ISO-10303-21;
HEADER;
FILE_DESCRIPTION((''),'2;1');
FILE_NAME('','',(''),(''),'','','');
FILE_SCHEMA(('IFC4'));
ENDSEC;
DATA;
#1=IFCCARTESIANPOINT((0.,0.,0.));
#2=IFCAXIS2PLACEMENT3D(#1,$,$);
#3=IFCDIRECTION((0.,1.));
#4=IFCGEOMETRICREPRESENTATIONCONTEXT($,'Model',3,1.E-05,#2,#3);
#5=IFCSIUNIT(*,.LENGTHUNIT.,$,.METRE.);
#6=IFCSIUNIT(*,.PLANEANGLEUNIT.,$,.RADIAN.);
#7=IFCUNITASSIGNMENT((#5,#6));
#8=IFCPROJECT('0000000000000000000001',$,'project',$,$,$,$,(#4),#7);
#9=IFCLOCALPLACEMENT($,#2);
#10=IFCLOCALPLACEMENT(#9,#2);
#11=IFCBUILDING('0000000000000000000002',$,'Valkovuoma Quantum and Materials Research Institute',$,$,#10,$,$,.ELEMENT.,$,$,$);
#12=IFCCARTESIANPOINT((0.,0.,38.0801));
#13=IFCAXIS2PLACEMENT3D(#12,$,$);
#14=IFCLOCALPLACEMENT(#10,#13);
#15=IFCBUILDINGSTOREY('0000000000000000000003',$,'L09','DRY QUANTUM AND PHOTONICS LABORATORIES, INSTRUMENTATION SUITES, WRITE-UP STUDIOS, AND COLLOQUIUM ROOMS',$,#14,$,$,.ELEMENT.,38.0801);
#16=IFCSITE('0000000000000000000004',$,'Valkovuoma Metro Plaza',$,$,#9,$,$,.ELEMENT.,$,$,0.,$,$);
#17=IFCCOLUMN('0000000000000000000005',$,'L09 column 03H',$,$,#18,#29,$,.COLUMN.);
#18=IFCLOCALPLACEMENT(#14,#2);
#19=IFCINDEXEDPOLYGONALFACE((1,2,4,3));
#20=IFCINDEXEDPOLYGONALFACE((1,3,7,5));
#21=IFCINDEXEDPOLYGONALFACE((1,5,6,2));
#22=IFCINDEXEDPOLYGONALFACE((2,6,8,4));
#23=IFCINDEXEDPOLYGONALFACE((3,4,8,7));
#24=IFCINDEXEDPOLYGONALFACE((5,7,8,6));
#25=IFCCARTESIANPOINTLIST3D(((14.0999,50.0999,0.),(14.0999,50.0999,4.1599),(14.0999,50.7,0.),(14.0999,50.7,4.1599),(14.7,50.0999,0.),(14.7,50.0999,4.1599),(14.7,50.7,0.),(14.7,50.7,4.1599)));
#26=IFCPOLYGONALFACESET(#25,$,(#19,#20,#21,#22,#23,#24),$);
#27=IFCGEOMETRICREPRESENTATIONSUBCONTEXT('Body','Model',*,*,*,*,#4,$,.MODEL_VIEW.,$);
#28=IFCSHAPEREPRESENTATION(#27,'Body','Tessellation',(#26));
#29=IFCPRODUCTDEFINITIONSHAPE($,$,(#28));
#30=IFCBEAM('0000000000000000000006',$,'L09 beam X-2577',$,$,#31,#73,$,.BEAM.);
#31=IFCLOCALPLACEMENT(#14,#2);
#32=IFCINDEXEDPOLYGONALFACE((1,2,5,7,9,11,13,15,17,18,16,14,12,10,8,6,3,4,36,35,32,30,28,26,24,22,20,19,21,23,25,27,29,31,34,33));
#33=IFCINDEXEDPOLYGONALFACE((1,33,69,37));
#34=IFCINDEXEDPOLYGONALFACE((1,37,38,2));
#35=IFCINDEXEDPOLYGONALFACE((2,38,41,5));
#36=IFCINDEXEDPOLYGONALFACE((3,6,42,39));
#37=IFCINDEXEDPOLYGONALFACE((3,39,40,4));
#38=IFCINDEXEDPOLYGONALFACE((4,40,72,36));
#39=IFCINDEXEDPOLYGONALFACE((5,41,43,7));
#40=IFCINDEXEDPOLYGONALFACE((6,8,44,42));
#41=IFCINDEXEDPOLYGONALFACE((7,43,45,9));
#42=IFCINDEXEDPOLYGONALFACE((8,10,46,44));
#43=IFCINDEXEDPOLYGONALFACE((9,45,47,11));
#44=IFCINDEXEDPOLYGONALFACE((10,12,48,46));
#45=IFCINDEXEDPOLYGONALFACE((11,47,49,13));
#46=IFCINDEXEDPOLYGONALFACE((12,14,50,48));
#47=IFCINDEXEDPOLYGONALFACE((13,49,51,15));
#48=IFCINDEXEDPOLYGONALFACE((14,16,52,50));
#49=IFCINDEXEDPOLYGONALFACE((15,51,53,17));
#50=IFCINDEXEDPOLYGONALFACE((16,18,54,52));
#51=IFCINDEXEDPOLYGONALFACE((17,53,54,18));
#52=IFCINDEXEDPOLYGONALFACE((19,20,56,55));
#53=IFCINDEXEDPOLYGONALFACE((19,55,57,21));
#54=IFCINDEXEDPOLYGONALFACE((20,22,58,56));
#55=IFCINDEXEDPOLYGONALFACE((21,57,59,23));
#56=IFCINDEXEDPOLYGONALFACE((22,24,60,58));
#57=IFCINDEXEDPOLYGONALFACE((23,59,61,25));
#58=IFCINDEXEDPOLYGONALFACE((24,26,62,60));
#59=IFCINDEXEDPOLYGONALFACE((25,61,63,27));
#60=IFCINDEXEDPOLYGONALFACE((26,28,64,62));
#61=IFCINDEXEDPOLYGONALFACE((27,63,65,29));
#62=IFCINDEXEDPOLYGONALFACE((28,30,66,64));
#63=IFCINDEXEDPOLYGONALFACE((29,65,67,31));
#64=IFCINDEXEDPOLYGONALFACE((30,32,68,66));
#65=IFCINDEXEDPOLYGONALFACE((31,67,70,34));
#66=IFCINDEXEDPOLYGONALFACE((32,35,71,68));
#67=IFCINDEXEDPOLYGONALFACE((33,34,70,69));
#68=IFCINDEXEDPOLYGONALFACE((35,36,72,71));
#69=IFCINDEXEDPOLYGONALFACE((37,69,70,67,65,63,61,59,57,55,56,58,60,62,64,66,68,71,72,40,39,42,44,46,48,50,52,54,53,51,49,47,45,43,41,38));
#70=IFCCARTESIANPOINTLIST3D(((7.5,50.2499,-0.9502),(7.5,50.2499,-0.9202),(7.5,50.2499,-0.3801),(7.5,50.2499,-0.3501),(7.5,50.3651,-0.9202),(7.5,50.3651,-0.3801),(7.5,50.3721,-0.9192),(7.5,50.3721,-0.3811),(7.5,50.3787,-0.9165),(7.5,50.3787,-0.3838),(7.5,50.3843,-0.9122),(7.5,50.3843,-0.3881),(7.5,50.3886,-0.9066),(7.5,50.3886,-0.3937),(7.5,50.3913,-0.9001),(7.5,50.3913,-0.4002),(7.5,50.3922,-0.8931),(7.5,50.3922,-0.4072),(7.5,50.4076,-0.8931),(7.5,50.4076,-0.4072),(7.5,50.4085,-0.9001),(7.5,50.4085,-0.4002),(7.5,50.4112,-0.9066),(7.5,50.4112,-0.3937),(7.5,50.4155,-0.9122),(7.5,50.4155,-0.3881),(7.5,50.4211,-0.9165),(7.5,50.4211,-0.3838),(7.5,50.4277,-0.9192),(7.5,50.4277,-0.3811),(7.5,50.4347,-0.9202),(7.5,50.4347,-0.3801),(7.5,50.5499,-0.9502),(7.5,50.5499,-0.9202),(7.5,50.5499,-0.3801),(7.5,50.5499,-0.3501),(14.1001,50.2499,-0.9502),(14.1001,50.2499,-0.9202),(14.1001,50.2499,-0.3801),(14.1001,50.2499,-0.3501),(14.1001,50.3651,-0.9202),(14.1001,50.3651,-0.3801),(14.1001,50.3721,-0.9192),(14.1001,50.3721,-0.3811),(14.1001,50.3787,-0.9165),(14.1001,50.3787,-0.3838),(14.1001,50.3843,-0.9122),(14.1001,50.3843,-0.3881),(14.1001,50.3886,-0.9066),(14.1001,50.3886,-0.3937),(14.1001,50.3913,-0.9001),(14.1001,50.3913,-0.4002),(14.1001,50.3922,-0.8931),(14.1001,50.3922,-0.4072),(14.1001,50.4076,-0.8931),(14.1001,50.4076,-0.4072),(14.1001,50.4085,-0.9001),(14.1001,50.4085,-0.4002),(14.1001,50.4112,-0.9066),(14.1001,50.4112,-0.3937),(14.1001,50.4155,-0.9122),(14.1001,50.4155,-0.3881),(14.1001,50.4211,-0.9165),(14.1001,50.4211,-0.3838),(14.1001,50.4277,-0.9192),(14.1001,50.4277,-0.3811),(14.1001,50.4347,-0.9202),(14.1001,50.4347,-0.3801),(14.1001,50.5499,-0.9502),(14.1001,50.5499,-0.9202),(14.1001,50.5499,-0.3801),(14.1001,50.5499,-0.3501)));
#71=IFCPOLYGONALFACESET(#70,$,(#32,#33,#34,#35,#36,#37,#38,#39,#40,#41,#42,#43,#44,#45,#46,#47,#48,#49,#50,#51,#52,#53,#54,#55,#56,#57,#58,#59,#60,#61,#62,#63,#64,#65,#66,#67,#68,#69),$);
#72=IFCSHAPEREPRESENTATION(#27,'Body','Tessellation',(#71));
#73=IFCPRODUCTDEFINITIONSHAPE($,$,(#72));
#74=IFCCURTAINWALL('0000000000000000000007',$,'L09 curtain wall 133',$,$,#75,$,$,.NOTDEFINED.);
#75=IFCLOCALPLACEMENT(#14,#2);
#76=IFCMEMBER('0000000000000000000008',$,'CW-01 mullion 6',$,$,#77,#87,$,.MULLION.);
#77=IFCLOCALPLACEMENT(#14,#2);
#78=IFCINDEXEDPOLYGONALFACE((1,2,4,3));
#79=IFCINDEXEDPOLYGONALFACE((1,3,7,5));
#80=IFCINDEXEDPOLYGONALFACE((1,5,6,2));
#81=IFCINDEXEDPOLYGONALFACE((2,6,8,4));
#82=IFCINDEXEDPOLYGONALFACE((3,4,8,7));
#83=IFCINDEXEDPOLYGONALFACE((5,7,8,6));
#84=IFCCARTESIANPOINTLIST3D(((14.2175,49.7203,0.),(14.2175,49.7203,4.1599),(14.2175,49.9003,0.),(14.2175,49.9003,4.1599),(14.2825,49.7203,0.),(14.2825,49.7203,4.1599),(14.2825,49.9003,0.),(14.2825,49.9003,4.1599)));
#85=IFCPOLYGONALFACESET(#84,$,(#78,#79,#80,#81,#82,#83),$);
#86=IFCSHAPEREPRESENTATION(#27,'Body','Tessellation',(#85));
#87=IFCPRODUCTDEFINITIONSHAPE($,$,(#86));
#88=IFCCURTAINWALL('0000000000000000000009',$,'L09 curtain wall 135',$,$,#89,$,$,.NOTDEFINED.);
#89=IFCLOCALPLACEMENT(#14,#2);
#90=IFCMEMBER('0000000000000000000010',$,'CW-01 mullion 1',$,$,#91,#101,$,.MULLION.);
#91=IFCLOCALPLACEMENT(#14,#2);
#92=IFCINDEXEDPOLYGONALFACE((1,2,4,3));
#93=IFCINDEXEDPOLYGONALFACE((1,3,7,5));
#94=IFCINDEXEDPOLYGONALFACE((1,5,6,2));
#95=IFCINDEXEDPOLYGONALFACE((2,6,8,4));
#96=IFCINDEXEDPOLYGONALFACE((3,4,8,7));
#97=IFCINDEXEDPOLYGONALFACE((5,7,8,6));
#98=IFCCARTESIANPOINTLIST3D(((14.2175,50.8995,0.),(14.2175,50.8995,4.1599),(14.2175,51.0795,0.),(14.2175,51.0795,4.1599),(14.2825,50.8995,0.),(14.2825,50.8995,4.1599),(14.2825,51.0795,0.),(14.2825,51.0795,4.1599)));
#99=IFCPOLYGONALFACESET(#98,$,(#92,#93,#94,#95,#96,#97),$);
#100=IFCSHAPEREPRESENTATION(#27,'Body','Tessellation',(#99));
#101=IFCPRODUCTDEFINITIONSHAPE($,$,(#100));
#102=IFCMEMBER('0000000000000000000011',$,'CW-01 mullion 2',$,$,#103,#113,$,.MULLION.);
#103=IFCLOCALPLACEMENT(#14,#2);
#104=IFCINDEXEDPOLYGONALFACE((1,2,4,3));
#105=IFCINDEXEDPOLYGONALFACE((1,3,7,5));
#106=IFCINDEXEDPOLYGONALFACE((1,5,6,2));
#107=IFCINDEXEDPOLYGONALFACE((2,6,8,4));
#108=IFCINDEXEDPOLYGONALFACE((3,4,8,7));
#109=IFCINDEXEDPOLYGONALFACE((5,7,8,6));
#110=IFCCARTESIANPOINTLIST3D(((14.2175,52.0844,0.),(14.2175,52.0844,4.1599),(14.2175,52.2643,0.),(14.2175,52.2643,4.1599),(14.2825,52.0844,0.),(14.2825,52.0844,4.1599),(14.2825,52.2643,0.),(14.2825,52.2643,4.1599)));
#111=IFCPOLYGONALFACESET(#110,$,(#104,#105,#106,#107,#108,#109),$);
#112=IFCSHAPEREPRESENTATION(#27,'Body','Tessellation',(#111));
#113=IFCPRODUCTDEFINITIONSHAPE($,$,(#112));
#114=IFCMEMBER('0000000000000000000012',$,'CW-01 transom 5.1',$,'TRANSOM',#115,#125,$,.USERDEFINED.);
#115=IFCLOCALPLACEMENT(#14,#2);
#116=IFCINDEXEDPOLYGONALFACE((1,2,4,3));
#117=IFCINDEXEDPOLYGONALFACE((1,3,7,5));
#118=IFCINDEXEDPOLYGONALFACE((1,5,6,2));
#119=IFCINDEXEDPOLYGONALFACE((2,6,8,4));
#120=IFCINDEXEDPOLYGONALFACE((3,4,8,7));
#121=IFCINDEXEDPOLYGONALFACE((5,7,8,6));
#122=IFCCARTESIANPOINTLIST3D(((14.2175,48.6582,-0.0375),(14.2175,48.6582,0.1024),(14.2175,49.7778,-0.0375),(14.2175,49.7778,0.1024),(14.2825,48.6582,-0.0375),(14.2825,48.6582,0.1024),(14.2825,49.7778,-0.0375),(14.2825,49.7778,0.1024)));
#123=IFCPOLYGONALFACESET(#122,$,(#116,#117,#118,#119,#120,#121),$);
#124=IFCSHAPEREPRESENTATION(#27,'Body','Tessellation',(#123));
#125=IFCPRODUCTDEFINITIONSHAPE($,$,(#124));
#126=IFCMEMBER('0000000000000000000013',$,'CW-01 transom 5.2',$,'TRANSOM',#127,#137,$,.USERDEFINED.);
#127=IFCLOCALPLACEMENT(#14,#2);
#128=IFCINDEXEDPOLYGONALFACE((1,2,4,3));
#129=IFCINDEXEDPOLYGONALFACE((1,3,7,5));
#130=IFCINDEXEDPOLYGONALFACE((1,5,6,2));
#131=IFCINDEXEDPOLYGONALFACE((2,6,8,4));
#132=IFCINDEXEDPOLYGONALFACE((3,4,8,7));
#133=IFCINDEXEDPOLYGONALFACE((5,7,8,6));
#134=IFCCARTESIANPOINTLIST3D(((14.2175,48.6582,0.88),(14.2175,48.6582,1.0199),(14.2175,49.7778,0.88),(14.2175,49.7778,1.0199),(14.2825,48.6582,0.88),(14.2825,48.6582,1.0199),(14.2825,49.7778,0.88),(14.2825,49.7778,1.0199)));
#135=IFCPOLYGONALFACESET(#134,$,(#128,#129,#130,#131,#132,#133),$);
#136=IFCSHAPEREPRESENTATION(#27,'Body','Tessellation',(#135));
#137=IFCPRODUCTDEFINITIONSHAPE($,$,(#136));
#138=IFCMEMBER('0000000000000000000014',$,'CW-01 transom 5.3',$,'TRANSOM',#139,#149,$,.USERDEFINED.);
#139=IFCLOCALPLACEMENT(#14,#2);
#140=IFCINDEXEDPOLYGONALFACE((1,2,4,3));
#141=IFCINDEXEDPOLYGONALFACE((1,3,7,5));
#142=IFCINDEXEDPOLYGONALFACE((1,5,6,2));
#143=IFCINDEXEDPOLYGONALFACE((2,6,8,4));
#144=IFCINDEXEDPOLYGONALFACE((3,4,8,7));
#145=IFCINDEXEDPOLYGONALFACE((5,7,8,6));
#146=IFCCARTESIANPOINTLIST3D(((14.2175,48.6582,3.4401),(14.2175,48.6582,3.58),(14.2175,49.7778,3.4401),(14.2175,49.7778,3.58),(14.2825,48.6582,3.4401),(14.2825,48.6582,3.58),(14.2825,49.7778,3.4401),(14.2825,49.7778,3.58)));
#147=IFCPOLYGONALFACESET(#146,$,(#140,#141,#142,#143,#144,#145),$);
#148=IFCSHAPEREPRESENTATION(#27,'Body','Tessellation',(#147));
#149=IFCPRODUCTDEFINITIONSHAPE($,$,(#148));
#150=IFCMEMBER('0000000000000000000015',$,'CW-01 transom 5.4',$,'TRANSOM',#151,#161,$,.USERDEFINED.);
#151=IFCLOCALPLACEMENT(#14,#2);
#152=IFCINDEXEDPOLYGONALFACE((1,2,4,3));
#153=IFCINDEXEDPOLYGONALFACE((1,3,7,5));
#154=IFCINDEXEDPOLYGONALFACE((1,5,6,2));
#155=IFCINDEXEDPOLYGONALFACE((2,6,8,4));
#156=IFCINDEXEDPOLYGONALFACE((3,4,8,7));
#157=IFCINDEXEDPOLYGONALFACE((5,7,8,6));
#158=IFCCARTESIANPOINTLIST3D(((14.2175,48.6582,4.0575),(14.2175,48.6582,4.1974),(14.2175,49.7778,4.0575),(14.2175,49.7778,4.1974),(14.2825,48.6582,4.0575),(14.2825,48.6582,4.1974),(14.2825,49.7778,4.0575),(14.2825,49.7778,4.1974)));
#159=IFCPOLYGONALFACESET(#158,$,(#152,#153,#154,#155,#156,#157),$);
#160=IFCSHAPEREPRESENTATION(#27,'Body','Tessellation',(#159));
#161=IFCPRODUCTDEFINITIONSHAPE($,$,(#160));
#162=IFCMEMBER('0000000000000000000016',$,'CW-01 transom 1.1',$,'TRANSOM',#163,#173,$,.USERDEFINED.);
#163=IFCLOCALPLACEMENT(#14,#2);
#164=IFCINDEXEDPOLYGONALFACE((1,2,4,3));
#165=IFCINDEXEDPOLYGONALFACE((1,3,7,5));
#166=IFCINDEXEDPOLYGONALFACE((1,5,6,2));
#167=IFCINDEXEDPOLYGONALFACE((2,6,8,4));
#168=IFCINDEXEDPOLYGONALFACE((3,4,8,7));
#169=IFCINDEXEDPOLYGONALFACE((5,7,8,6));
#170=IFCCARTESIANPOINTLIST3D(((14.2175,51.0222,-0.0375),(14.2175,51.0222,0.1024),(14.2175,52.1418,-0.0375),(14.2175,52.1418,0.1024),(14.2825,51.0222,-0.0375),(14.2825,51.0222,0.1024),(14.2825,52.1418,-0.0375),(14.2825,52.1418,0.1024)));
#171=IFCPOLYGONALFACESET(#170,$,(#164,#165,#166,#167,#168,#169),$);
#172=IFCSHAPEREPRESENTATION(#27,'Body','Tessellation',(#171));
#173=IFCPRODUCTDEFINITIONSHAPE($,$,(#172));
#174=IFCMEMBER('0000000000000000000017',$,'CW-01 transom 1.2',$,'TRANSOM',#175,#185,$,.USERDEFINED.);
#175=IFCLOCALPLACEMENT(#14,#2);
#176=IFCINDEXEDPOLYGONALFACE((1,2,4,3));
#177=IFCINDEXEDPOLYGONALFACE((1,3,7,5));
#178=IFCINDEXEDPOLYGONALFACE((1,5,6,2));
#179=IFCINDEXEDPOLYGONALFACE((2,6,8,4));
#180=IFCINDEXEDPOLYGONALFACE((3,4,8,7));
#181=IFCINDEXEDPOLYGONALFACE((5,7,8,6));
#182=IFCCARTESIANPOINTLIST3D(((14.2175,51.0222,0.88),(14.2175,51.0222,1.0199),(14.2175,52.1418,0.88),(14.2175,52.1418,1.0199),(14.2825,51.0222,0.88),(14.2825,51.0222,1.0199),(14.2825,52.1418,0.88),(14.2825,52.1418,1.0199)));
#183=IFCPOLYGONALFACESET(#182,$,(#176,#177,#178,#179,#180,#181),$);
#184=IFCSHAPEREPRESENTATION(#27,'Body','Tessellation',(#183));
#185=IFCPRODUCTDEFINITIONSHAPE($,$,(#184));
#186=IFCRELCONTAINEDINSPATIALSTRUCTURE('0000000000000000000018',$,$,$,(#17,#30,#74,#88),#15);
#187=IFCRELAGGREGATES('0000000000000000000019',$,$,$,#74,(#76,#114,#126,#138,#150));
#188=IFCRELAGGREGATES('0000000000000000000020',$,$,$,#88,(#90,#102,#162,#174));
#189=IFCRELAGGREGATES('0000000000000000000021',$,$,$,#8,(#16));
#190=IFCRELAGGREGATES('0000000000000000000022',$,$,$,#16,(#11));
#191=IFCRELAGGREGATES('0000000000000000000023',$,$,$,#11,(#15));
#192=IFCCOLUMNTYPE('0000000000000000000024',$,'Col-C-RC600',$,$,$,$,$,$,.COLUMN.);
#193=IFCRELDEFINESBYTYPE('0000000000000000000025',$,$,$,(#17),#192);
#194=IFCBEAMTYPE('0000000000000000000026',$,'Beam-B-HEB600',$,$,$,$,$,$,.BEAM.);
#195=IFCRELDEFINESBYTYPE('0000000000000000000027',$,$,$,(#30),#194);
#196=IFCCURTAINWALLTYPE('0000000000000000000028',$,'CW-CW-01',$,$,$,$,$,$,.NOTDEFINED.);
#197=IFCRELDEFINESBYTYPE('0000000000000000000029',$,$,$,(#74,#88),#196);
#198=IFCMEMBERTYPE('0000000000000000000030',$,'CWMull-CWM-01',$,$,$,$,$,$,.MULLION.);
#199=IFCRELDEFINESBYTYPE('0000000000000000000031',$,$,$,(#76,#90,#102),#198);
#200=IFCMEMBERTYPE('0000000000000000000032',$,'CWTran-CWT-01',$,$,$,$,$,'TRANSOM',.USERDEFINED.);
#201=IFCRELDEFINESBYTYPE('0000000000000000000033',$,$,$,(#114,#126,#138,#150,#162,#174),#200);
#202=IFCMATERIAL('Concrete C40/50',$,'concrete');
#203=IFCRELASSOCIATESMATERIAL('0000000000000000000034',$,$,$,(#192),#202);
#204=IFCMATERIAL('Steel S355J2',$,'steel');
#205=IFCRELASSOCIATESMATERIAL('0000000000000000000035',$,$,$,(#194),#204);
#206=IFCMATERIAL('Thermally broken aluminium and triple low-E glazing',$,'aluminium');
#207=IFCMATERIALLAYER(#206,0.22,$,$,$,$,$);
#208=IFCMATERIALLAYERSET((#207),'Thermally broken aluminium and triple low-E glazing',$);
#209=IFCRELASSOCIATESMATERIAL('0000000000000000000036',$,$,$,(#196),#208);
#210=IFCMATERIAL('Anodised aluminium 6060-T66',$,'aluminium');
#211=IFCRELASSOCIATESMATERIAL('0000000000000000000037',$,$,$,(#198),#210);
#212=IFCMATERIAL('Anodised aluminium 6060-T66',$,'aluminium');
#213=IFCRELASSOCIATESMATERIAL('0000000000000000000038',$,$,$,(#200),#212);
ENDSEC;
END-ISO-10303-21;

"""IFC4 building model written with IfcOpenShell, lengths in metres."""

from ifc_helpers import new_model, si_unit, direction, frame, origin, origin_2d, place, context, subcontext, project, spatial, rectangle, i_section, extrude, material, layer, layer_set, material_profile, profile_set, type_object, element, aggregate, save


model = new_model("IFC4")

# Units and contexts
model_context = context("Model", 3, precision=1e-05, world=origin(), true_north=direction((0.0, 1.0)))
body_context = subcontext(model_context, "Body", "Model", "MODEL_VIEW")
ifc_project = project(units=[si_unit("LENGTHUNIT", "METRE"), si_unit("PLANEANGLEUNIT", "RADIAN")], contexts=[model_context])

# Site, building, storey
site_placement = place(None, origin())
site = spatial("IfcSite", under=ifc_project, at=site_placement, Name="Valkovuoma Metro Plaza", CompositionType="ELEMENT", RefElevation=0.0)
building_placement = place(site_placement, origin())
building = spatial("IfcBuilding", under=site, at=building_placement, Name="Valkovuoma Quantum and Materials Research Institute", CompositionType="ELEMENT")
storey_placement = place(building_placement, frame((0.0, 0.0, 38.0801)))
storey = spatial("IfcBuildingStorey", under=building, at=storey_placement, Name="L09", Description="DRY QUANTUM AND PHOTONICS LABORATORIES, INSTRUMENTATION SUITES, WRITE-UP STUDIOS, AND COLLOQUIUM ROOMS", CompositionType="ELEMENT", Elevation=38.0801)

# Column
ifc_material_1 = material(Name="Concrete C40/50", Category="concrete")
ifc_material_profile_1 = material_profile(ifc_material_1, rectangle(XDim=0.6001, YDim=0.6001, at=origin_2d()), Name="Concrete C40/50")
ifc_profile_set_1 = profile_set([ifc_material_profile_1], Name="Concrete C40/50")
column_type = type_object("IfcColumnType", Name="Col-C-RC600", PredefinedType="COLUMN", material=ifc_profile_set_1)
column_placement = place(storey_placement, frame((14.3999, 50.3999, 0.0), z_axis=(0.0, 0.0, 1.0), x_axis=(1.0, 0.0, 0.0)))
element("IfcColumn", 1, at=column_placement, inside=storey, type_object=column_type, Name="L09 column 03H", PredefinedType="COLUMN", context=body_context, shape_type="SweptSolid", body=[
    extrude(rectangle(XDim=0.6001, YDim=0.6001, at=origin_2d()), origin(), (0.0, 0.0, 1.0), 4.1599),
])

# Beam
ifc_material_2 = material(Name="Steel S355J2", Category="steel")
ifc_material_profile_2 = material_profile(ifc_material_2, i_section(OverallWidth=0.3, OverallDepth=0.6001, WebThickness=0.0154, FlangeThickness=0.03, FilletRadius=0.0271, at=origin_2d()), Name="Steel S355J2")
ifc_profile_set_2 = profile_set([ifc_material_profile_2], Name="Steel S355J2")
beam_type = type_object("IfcBeamType", Name="Beam-B-HEB600", PredefinedType="BEAM", material=ifc_profile_set_2)
beam_placement = place(storey_placement, frame((7.5, 50.3999, -0.6501), z_axis=(1.0, 0.0, 0.0), x_axis=(0.0, 1.0, 0.0)))
element("IfcBeam", 2, at=beam_placement, inside=storey, type_object=beam_type, Name="L09 beam X-2577", PredefinedType="BEAM", context=body_context, shape_type="SweptSolid", body=[
    extrude(i_section(OverallWidth=0.3, OverallDepth=0.6001, WebThickness=0.0154, FlangeThickness=0.03, FilletRadius=0.0271, at=origin_2d()), origin(), (0.0, 0.0, 1.0), 6.6001),
])

# Curtain wall, member
ifc_material_3 = material(Name="Thermally broken aluminium and triple low-E glazing", Category="aluminium")
ifc_layer_1 = layer(ifc_material_3, 0.22)
ifc_layer_set_1 = layer_set([ifc_layer_1], Name="Thermally broken aluminium and triple low-E glazing")
curtain_wall_type = type_object("IfcCurtainWallType", Name="CW-CW-01", PredefinedType="NOTDEFINED", material=ifc_layer_set_1)
curtain_wall_1_placement = place(storey_placement, origin())
curtain_wall_1 = element("IfcCurtainWall", 3, at=curtain_wall_1_placement, inside=storey, type_object=curtain_wall_type, Name="L09 curtain wall 133", PredefinedType="NOTDEFINED")
ifc_material_4 = material(Name="Anodised aluminium 6060-T66", Category="aluminium")
ifc_material_profile_3 = material_profile(ifc_material_4, rectangle(XDim=0.0649, YDim=0.1799, at=origin_2d()), Name="Anodised aluminium 6060-T66")
ifc_profile_set_3 = profile_set([ifc_material_profile_3], Name="Anodised aluminium 6060-T66")
member_type_1 = type_object("IfcMemberType", Name="CWMull-CWM-01", PredefinedType="MULLION", material=ifc_profile_set_3)
member_1_placement = place(storey_placement, frame((14.25, 49.8103, 0.0), z_axis=(0.0, 0.0, 1.0), x_axis=(-1.0, 0.0, 0.0)))
member_1 = element("IfcMember", 4, at=member_1_placement, type_object=member_type_1, Name="CW-01 mullion 6", PredefinedType="MULLION", context=body_context, shape_type="SweptSolid", body=[
    extrude(rectangle(XDim=0.0649, YDim=0.1799, at=origin_2d()), origin(), (0.0, 0.0, 1.0), 4.1599),
])

# Curtain wall, members
curtain_wall_2_placement = place(storey_placement, origin())
curtain_wall_2 = element("IfcCurtainWall", 5, at=curtain_wall_2_placement, inside=storey, type_object=curtain_wall_type, Name="L09 curtain wall 135", PredefinedType="NOTDEFINED")
member_2_placement = place(storey_placement, frame((14.25, 50.9895, 0.0), z_axis=(0.0, 0.0, 1.0), x_axis=(-1.0, 0.0, 0.0)))
member_2 = element("IfcMember", 6, at=member_2_placement, type_object=member_type_1, Name="CW-01 mullion 1", PredefinedType="MULLION", context=body_context, shape_type="SweptSolid", body=[
    extrude(rectangle(XDim=0.0649, YDim=0.1799, at=origin_2d()), origin(), (0.0, 0.0, 1.0), 4.1599),
])
member_3_placement = place(storey_placement, frame((14.25, 52.1743, 0.0), z_axis=(0.0, 0.0, 1.0), x_axis=(-1.0, 0.0, 0.0)))
member_3 = element("IfcMember", 7, at=member_3_placement, type_object=member_type_1, Name="CW-01 mullion 2", PredefinedType="MULLION", context=body_context, shape_type="SweptSolid", body=[
    extrude(rectangle(XDim=0.0649, YDim=0.1799, at=origin_2d()), origin(), (0.0, 0.0, 1.0), 4.1599),
])

# Members
ifc_material_5 = material(Name="Anodised aluminium 6060-T66", Category="aluminium")
ifc_material_profile_4 = material_profile(ifc_material_5, rectangle(XDim=0.0649, YDim=0.1399, at=origin_2d()), Name="Anodised aluminium 6060-T66")
ifc_profile_set_4 = profile_set([ifc_material_profile_4], Name="Anodised aluminium 6060-T66")
member_type_2 = type_object("IfcMemberType", Name="CWTran-CWT-01", ElementType="TRANSOM", PredefinedType="USERDEFINED", material=ifc_profile_set_4)
member_4_placement = place(storey_placement, frame((14.25, 48.6582, 0.0325), z_axis=(0.0, 1.0, 0.0), x_axis=(-1.0, 0.0, 0.0)))
member_4 = element("IfcMember", 8, at=member_4_placement, type_object=member_type_2, Name="CW-01 transom 5.1", ObjectType="TRANSOM", PredefinedType="USERDEFINED", context=body_context, shape_type="SweptSolid", body=[
    extrude(rectangle(XDim=0.0649, YDim=0.1399, at=origin_2d()), origin(), (0.0, 0.0, 1.0), 1.1196),
])
member_5_placement = place(storey_placement, frame((14.25, 48.6582, 0.95), z_axis=(0.0, 1.0, 0.0), x_axis=(-1.0, 0.0, 0.0)))
member_5 = element("IfcMember", 9, at=member_5_placement, type_object=member_type_2, Name="CW-01 transom 5.2", ObjectType="TRANSOM", PredefinedType="USERDEFINED", context=body_context, shape_type="SweptSolid", body=[
    extrude(rectangle(XDim=0.0649, YDim=0.1399, at=origin_2d()), origin(), (0.0, 0.0, 1.0), 1.1196),
])
member_6_placement = place(storey_placement, frame((14.25, 48.6582, 3.51), z_axis=(0.0, 1.0, 0.0), x_axis=(-1.0, 0.0, 0.0)))
member_6 = element("IfcMember", 10, at=member_6_placement, type_object=member_type_2, Name="CW-01 transom 5.3", ObjectType="TRANSOM", PredefinedType="USERDEFINED", context=body_context, shape_type="SweptSolid", body=[
    extrude(rectangle(XDim=0.0649, YDim=0.1399, at=origin_2d()), origin(), (0.0, 0.0, 1.0), 1.1196),
])
member_7_placement = place(storey_placement, frame((14.25, 48.6582, 4.1274), z_axis=(0.0, 1.0, 0.0), x_axis=(-1.0, 0.0, 0.0)))
member_7 = element("IfcMember", 11, at=member_7_placement, type_object=member_type_2, Name="CW-01 transom 5.4", ObjectType="TRANSOM", PredefinedType="USERDEFINED", context=body_context, shape_type="SweptSolid", body=[
    extrude(rectangle(XDim=0.0649, YDim=0.1399, at=origin_2d()), origin(), (0.0, 0.0, 1.0), 1.1196),
])
member_8_placement = place(storey_placement, frame((14.25, 51.0222, 0.0325), z_axis=(0.0, 1.0, 0.0), x_axis=(-1.0, 0.0, 0.0)))
member_8 = element("IfcMember", 12, at=member_8_placement, type_object=member_type_2, Name="CW-01 transom 1.1", ObjectType="TRANSOM", PredefinedType="USERDEFINED", context=body_context, shape_type="SweptSolid", body=[
    extrude(rectangle(XDim=0.0649, YDim=0.1399, at=origin_2d()), origin(), (0.0, 0.0, 1.0), 1.1196),
])
member_9_placement = place(storey_placement, frame((14.25, 51.0222, 0.95), z_axis=(0.0, 1.0, 0.0), x_axis=(-1.0, 0.0, 0.0)))
member_9 = element("IfcMember", 13, at=member_9_placement, type_object=member_type_2, Name="CW-01 transom 1.2", ObjectType="TRANSOM", PredefinedType="USERDEFINED", context=body_context, shape_type="SweptSolid", body=[
    extrude(rectangle(XDim=0.0649, YDim=0.1399, at=origin_2d()), origin(), (0.0, 0.0, 1.0), 1.1196),
])

aggregate(curtain_wall_1, [member_1, member_4, member_5, member_6, member_7])
aggregate(curtain_wall_2, [member_2, member_3, member_8, member_9])

save(model, "model.ifc")
